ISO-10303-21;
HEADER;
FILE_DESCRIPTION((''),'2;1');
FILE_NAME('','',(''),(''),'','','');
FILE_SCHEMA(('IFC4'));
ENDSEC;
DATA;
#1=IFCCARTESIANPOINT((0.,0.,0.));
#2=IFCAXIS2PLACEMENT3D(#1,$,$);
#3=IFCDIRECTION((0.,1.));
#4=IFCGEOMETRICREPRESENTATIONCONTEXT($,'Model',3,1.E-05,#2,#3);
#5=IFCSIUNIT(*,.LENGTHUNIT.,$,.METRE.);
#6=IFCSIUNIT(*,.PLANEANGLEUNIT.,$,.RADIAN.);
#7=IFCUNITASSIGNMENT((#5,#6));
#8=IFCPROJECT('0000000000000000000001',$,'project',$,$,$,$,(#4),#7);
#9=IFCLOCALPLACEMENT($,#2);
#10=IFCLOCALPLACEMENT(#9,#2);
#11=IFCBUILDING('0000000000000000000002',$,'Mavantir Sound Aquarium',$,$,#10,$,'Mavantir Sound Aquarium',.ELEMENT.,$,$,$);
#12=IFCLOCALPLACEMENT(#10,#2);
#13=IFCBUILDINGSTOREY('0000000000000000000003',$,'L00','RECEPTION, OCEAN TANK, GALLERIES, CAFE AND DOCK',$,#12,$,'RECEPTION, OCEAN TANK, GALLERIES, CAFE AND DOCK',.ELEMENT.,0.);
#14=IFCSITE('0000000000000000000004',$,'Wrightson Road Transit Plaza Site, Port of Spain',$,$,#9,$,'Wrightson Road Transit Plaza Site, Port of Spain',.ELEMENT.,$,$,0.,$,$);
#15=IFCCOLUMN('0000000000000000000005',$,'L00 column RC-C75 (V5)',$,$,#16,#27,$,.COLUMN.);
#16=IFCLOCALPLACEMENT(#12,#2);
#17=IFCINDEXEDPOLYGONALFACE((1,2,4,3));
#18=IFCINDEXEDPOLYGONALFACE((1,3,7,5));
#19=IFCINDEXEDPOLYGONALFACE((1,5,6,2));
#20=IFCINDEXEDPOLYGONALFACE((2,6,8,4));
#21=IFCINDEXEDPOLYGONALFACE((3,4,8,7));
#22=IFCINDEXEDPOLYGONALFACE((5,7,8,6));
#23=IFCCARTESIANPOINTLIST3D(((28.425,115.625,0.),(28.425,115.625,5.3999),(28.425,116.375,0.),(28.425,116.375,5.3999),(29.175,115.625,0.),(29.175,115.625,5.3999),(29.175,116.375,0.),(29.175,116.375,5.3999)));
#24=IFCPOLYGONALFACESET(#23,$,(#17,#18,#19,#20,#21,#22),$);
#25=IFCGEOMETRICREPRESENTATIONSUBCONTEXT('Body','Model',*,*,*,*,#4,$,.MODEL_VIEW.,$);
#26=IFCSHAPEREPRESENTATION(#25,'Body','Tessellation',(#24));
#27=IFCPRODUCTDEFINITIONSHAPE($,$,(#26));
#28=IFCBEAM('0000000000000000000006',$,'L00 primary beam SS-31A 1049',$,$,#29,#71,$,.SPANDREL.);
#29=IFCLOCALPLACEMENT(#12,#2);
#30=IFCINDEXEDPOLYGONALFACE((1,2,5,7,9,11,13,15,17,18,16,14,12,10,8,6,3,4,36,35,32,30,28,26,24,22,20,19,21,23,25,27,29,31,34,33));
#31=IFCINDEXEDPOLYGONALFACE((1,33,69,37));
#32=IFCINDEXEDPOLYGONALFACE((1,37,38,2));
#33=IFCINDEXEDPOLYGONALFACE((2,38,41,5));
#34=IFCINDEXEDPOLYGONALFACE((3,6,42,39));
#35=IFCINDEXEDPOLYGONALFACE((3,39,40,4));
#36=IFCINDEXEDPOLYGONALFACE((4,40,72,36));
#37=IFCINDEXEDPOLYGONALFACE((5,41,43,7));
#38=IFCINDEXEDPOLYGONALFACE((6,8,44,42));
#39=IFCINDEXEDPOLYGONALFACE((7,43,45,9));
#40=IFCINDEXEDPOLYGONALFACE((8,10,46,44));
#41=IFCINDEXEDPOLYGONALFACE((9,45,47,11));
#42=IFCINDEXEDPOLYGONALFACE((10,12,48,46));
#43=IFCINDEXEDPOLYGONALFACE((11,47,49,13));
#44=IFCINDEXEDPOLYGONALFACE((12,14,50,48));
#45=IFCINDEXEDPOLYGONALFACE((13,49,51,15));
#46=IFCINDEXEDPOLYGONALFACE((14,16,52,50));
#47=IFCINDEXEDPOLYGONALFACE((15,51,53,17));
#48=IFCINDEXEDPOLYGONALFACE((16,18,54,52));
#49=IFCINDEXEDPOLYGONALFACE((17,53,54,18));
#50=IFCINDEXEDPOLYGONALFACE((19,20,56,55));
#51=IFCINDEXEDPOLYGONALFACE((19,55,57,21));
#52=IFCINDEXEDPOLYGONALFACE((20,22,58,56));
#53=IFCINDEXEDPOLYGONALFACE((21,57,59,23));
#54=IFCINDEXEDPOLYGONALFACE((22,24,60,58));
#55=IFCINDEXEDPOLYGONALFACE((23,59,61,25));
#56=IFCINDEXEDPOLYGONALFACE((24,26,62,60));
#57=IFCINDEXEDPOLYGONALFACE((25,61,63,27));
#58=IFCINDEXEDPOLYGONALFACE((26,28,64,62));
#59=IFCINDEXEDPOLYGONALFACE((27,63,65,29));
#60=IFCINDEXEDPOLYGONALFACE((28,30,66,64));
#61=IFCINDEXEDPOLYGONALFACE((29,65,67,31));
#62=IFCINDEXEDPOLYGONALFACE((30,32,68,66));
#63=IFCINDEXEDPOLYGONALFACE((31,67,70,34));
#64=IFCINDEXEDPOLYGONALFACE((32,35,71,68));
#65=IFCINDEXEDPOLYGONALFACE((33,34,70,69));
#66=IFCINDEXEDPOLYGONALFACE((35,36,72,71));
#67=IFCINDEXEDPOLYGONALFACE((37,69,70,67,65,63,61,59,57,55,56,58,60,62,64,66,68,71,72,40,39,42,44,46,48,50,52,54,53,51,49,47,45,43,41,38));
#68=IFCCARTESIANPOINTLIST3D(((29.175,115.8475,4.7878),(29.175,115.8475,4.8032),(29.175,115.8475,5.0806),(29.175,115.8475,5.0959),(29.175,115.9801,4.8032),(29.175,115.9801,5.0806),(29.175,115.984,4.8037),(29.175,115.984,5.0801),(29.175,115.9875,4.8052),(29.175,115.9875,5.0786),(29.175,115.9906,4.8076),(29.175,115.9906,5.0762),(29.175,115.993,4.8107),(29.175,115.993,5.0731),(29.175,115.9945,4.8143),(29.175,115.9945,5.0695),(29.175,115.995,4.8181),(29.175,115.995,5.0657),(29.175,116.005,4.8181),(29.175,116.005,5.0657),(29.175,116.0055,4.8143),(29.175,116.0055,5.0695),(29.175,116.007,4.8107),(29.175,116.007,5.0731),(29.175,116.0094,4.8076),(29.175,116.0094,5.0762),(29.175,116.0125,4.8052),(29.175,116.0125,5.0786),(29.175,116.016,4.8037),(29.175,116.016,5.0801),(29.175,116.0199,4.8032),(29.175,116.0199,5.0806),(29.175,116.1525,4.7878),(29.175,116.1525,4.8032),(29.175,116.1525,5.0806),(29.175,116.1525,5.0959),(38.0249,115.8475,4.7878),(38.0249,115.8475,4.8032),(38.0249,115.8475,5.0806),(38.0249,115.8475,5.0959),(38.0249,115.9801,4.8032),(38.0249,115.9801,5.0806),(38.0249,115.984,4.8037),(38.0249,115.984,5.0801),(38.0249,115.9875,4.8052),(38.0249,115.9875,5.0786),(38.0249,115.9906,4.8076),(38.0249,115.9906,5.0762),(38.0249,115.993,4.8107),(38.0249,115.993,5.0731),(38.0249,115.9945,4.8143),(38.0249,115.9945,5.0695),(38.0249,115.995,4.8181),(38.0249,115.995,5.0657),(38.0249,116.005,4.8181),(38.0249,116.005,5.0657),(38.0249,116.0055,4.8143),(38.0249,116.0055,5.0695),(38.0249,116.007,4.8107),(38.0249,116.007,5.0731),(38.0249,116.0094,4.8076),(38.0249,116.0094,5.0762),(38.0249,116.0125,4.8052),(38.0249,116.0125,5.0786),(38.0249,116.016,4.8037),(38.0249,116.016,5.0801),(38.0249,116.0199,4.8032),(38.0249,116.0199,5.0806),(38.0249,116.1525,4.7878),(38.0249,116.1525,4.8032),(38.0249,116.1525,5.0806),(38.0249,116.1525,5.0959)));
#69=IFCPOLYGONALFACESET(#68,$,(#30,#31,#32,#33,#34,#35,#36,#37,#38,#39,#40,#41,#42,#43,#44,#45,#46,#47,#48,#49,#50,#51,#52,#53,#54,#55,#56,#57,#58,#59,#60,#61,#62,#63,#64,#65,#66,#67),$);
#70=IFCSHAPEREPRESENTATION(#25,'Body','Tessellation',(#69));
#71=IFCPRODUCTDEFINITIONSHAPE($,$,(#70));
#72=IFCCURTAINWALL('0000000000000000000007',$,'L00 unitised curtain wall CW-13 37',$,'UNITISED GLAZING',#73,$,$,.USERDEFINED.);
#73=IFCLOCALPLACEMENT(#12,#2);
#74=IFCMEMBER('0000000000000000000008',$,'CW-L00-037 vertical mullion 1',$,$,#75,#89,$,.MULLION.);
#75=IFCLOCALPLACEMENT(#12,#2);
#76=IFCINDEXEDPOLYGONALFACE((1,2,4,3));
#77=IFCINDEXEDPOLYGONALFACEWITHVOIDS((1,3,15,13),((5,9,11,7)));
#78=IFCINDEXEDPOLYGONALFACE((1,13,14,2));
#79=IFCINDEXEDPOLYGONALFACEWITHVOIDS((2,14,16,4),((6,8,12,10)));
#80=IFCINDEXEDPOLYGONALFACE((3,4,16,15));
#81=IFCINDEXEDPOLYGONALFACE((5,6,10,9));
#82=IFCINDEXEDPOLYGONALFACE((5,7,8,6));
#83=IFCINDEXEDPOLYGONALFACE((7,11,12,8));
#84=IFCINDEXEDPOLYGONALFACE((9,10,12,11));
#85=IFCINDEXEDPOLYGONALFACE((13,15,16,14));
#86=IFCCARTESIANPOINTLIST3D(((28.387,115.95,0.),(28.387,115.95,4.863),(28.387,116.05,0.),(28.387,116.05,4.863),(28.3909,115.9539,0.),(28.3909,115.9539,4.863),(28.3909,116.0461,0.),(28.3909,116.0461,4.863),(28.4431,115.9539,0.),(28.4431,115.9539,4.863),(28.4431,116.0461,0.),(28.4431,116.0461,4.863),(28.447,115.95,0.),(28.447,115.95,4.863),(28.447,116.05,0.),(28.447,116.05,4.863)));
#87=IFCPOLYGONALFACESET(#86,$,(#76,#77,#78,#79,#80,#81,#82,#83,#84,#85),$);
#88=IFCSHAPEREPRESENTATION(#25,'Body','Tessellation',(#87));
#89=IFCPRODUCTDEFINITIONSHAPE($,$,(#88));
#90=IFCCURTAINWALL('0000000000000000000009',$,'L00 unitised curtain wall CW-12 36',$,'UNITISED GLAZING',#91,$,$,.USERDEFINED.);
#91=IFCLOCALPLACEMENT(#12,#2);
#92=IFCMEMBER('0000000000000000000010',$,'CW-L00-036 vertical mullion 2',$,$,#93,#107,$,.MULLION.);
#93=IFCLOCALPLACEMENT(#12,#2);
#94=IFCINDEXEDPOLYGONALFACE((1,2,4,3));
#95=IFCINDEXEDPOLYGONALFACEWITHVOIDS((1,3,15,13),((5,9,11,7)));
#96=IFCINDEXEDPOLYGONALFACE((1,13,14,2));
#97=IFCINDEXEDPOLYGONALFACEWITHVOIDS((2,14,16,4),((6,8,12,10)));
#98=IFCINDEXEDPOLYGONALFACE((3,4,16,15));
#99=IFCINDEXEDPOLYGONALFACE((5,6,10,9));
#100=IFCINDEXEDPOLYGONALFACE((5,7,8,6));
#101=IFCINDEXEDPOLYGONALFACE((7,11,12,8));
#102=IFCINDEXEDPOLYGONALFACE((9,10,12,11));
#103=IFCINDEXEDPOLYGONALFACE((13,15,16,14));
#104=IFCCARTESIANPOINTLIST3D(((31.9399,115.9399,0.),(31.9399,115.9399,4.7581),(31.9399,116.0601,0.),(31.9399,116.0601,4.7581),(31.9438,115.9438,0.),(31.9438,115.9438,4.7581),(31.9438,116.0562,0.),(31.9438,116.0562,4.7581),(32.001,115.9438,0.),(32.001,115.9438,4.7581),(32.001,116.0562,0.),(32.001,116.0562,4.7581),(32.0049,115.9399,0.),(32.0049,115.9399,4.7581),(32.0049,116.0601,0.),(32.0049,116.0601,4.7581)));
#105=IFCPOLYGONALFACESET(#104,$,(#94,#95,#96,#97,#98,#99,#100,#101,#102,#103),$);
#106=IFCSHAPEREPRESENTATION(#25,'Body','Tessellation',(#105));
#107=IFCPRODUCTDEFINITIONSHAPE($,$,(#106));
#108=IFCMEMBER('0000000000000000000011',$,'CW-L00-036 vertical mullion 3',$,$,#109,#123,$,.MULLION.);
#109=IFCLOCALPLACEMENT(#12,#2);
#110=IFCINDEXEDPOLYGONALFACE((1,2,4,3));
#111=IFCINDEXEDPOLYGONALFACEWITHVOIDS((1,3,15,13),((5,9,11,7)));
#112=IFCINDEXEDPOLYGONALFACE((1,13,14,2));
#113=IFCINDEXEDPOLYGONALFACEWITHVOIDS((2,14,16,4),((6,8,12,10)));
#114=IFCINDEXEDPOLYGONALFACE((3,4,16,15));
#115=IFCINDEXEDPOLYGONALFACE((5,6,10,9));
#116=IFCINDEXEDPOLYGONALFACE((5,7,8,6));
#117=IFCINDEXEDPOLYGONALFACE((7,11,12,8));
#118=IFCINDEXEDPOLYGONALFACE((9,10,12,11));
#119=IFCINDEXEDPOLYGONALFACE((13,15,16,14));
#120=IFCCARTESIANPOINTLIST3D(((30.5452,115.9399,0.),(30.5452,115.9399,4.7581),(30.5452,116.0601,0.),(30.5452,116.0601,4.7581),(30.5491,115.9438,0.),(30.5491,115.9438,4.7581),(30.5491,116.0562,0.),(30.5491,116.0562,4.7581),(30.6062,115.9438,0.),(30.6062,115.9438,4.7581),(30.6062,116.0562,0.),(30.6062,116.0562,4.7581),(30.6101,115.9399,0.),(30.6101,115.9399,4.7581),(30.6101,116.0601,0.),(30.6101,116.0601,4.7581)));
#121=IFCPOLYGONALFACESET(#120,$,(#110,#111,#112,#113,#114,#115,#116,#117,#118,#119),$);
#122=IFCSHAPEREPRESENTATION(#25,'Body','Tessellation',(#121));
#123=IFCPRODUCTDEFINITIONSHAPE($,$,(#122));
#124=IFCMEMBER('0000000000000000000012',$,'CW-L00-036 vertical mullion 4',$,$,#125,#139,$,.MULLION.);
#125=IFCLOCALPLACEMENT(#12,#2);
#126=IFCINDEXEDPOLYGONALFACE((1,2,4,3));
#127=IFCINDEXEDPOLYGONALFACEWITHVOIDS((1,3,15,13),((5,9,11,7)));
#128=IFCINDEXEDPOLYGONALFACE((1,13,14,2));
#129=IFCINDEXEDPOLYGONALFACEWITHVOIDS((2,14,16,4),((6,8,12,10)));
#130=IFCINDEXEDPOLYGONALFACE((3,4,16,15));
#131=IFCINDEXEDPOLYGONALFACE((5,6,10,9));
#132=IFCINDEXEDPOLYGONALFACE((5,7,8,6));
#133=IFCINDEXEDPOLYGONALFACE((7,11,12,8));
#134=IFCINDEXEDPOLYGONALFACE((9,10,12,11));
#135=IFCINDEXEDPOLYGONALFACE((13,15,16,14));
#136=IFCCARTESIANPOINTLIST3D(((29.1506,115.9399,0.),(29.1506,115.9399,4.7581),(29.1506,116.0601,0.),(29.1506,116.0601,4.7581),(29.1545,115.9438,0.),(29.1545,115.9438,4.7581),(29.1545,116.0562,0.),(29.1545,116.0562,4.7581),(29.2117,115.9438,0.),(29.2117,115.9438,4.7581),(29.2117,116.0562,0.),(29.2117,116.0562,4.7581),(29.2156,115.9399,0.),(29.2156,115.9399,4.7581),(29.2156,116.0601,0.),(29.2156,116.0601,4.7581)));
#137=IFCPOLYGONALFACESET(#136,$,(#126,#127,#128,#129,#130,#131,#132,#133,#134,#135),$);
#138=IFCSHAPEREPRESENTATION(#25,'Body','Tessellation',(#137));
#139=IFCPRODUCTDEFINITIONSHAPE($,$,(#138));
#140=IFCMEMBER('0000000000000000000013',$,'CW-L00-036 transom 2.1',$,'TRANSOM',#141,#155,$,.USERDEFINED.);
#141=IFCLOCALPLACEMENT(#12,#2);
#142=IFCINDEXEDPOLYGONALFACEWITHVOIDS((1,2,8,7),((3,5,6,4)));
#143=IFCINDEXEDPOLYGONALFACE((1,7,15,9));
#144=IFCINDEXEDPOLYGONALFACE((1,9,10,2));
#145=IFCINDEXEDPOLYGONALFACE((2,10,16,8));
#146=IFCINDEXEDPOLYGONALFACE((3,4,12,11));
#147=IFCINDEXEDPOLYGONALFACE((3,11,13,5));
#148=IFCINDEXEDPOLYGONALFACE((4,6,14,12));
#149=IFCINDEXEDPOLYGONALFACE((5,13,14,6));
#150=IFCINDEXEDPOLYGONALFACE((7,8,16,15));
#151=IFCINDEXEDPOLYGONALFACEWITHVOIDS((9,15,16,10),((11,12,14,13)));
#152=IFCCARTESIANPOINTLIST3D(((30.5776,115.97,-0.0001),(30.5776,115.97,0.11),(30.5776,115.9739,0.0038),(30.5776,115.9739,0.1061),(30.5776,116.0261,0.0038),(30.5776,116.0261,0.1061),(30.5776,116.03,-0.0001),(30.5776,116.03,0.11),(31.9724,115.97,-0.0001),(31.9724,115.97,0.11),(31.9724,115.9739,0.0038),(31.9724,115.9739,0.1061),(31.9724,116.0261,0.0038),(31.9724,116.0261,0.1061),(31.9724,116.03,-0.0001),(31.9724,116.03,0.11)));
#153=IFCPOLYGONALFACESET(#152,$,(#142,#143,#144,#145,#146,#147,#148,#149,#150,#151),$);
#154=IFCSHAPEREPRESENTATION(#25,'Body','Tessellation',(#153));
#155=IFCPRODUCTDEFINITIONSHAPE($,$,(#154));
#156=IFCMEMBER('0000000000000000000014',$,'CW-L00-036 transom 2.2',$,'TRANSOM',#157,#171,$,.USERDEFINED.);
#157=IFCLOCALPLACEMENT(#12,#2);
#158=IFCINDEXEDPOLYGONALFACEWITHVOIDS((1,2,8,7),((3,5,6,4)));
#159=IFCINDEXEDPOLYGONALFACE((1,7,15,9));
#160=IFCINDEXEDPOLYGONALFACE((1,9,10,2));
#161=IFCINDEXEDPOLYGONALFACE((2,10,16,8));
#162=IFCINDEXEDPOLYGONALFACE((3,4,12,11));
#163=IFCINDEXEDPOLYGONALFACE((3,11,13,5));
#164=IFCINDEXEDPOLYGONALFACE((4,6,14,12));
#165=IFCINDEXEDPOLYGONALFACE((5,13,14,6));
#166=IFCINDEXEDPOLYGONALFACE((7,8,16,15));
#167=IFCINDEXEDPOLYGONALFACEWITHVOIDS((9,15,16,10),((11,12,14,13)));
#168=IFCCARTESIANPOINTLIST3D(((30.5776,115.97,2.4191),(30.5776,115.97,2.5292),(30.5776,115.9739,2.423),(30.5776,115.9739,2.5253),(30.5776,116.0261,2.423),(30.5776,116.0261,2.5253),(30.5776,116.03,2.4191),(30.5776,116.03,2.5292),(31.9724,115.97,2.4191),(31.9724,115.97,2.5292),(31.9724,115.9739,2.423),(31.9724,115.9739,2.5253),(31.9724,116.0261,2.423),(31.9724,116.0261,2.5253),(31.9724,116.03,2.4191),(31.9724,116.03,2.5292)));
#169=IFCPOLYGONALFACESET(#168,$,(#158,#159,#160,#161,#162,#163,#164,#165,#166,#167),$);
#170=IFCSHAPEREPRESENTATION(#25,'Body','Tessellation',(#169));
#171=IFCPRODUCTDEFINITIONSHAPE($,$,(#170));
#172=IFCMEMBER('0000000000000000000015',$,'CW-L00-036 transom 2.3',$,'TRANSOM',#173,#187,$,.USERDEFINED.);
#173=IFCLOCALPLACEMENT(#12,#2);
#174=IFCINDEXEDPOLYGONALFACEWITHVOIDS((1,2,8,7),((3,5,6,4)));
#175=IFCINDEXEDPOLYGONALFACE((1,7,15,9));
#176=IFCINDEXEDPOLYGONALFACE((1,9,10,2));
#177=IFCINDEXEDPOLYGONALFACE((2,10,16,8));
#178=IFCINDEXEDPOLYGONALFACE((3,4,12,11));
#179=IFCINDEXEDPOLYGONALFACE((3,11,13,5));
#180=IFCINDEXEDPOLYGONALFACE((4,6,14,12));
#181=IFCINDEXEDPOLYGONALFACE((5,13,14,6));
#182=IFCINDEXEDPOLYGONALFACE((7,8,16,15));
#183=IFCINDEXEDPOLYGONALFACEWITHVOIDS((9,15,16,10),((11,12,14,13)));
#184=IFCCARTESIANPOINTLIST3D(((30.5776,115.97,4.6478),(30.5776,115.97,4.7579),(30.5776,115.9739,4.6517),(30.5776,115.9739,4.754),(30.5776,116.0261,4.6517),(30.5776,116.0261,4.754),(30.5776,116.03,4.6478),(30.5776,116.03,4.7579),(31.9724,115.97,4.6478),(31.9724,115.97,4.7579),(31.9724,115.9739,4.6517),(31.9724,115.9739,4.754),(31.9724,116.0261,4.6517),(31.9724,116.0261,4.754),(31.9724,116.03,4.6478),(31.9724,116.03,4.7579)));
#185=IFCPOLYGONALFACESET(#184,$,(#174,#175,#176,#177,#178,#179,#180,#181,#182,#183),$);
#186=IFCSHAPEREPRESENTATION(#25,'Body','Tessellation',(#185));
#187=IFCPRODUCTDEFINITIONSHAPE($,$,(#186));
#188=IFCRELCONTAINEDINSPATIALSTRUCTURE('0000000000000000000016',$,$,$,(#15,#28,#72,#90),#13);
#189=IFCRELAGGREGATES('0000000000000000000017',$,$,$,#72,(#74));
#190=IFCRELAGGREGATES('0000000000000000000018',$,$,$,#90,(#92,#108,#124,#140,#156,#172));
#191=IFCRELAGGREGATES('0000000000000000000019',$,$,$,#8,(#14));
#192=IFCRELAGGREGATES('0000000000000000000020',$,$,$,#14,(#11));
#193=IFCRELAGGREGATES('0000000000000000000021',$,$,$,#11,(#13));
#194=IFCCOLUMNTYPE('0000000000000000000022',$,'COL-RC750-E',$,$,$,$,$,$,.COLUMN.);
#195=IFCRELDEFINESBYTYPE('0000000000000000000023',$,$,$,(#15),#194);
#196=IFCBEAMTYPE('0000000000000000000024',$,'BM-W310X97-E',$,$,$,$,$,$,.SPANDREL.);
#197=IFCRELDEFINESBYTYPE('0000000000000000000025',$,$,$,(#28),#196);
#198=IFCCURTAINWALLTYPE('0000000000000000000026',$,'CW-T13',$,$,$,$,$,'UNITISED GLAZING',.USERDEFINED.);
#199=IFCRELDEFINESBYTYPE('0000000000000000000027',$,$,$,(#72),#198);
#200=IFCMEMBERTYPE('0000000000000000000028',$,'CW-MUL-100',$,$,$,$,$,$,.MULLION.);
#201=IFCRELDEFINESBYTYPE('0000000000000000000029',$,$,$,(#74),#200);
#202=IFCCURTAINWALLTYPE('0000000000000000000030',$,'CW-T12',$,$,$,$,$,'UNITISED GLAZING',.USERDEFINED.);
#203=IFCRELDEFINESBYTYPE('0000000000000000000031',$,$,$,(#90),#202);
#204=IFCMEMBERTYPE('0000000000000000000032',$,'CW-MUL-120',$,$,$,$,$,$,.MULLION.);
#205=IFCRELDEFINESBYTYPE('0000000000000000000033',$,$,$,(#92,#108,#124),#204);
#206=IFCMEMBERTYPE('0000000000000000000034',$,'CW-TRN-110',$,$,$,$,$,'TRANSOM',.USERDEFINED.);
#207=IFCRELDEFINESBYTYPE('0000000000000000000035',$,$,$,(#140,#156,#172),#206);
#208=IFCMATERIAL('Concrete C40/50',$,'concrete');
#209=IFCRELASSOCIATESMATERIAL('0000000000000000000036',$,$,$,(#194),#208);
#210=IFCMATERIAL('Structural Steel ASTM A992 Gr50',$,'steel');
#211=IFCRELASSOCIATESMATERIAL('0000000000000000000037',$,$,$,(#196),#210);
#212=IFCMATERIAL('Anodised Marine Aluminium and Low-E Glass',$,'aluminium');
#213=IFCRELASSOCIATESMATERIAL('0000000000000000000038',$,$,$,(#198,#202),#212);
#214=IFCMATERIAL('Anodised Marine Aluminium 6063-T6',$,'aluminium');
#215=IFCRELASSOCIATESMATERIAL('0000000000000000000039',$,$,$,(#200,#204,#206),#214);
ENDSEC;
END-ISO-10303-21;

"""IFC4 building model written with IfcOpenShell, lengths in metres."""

from ifc_helpers import new_model, si_unit, direction, frame, origin, origin_2d, place, context, subcontext, project, spatial, rectangle, hollow_rectangle, i_section, extrude, material, material_profile, profile_set, type_object, element, aggregate, save


model = new_model("IFC4")

# Units and contexts
model_context = context("Model", 3, precision=1e-05, world=origin(), true_north=direction((0.0, 1.0)))
body_context = subcontext(model_context, "Body", "Model", "MODEL_VIEW")
ifc_project = project(units=[si_unit("LENGTHUNIT", "METRE"), si_unit("PLANEANGLEUNIT", "RADIAN")], contexts=[model_context])

# Site, building, storey
site_placement = place(None, origin())
site = spatial("IfcSite", under=ifc_project, at=site_placement, Name="Wrightson Road Transit Plaza Site, Port of Spain", LongName="Wrightson Road Transit Plaza Site, Port of Spain", CompositionType="ELEMENT", RefElevation=0.0)
building_placement = place(site_placement, origin())
building = spatial("IfcBuilding", under=site, at=building_placement, Name="Mavantir Sound Aquarium", LongName="Mavantir Sound Aquarium", CompositionType="ELEMENT")
storey_placement = place(building_placement, origin())
storey = spatial("IfcBuildingStorey", under=building, at=storey_placement, Name="L00", Description="RECEPTION, OCEAN TANK, GALLERIES, CAFE AND DOCK", LongName="RECEPTION, OCEAN TANK, GALLERIES, CAFE AND DOCK", CompositionType="ELEMENT", Elevation=0.0)

# Column
ifc_material_1 = material(Name="Concrete C40/50", Category="concrete")
ifc_material_profile_1 = material_profile(ifc_material_1, rectangle(XDim=0.75, YDim=0.75, at=origin_2d()), Name="RC 750X750")
ifc_profile_set_1 = profile_set([ifc_material_profile_1], Name="Concrete C40/50")
column_type = type_object("IfcColumnType", Name="COL-RC750-E", PredefinedType="COLUMN", material=ifc_profile_set_1)
column_placement = place(storey_placement, frame((28.8, 116.0, 0.0), z_axis=(0.0, 0.0, 1.0), x_axis=(1.0, 0.0, 0.0)))
element("IfcColumn", 1, at=column_placement, inside=storey, type_object=column_type, Name="L00 column RC-C75 (V5)", PredefinedType="COLUMN", context=body_context, shape_type="SweptSolid", body=[
    extrude(rectangle(XDim=0.75, YDim=0.75, at=origin_2d()), origin(), (0.0, 0.0, 1.0), 5.3999),
])

# Beam
ifc_material_2 = material(Name="Structural Steel ASTM A992 Gr50", Category="steel")
ifc_material_profile_2 = material_profile(ifc_material_2, i_section(OverallWidth=0.3049, OverallDepth=0.3081, WebThickness=0.01, FlangeThickness=0.0154, FilletRadius=0.0149, at=origin_2d()), Name="W310X97")
ifc_profile_set_2 = profile_set([ifc_material_profile_2], Name="Structural Steel ASTM A992 Gr50")
beam_type = type_object("IfcBeamType", Name="BM-W310X97-E", PredefinedType="SPANDREL", material=ifc_profile_set_2)
beam_placement = place(storey_placement, frame((29.175, 116.0, 4.9419), z_axis=(1.0, 0.0, 0.0), x_axis=(0.0, 1.0, 0.0)))
element("IfcBeam", 2, at=beam_placement, inside=storey, type_object=beam_type, Name="L00 primary beam SS-31A 1049", PredefinedType="SPANDREL", context=body_context, shape_type="SweptSolid", body=[
    extrude(i_section(OverallWidth=0.3049, OverallDepth=0.3081, WebThickness=0.01, FlangeThickness=0.0154, FilletRadius=0.0149, at=origin_2d()), origin(), (0.0, 0.0, 1.0), 8.8499),
])

# Curtain wall, member
ifc_material_3 = material(Name="Anodised Marine Aluminium and Low-E Glass", Category="aluminium")
curtain_wall_type_1 = type_object("IfcCurtainWallType", Name="CW-T13", ElementType="UNITISED GLAZING", PredefinedType="USERDEFINED", material=ifc_material_3)
curtain_wall_1_placement = place(storey_placement, origin())
curtain_wall_1 = element("IfcCurtainWall", 3, at=curtain_wall_1_placement, inside=storey, type_object=curtain_wall_type_1, Name="L00 unitised curtain wall CW-13 37", ObjectType="UNITISED GLAZING", PredefinedType="USERDEFINED")
ifc_material_4 = material(Name="Anodised Marine Aluminium 6063-T6", Category="aluminium")
ifc_material_profile_3 = material_profile(ifc_material_4, hollow_rectangle(XDim=0.0601, YDim=0.1001, WallThickness=0.0039, at=origin_2d()), Name="ALU-MULLION-100X60")
ifc_profile_set_3 = profile_set([ifc_material_profile_3], Name="Anodised Marine Aluminium 6063-T6")
member_type_1 = type_object("IfcMemberType", Name="CW-MUL-100", PredefinedType="MULLION", material=ifc_profile_set_3)
member_1_placement = place(storey_placement, frame((28.417, 116.0, 0.0), z_axis=(0.0, 0.0, 1.0), x_axis=(1.0, 0.0, 0.0)))
member_1 = element("IfcMember", 4, at=member_1_placement, type_object=member_type_1, Name="CW-L00-037 vertical mullion 1", PredefinedType="MULLION", context=body_context, shape_type="SweptSolid", body=[
    extrude(hollow_rectangle(XDim=0.0601, YDim=0.1001, WallThickness=0.0039, at=origin_2d()), origin(), (0.0, 0.0, 1.0), 4.863),
])

# Curtain wall, members
curtain_wall_type_2 = type_object("IfcCurtainWallType", Name="CW-T12", ElementType="UNITISED GLAZING", PredefinedType="USERDEFINED", material=ifc_material_3)
curtain_wall_2_placement = place(storey_placement, origin())
curtain_wall_2 = element("IfcCurtainWall", 5, at=curtain_wall_2_placement, inside=storey, type_object=curtain_wall_type_2, Name="L00 unitised curtain wall CW-12 36", ObjectType="UNITISED GLAZING", PredefinedType="USERDEFINED")
ifc_material_profile_4 = material_profile(ifc_material_4, hollow_rectangle(XDim=0.0649, YDim=0.1201, WallThickness=0.0039, at=origin_2d()), Name="ALU-MULLION-120X65")
ifc_profile_set_4 = profile_set([ifc_material_profile_4], Name="Anodised Marine Aluminium 6063-T6")
member_type_2 = type_object("IfcMemberType", Name="CW-MUL-120", PredefinedType="MULLION", material=ifc_profile_set_4)
member_2_placement = place(storey_placement, frame((31.9724, 116.0, 0.0), z_axis=(0.0, 0.0, 1.0), x_axis=(1.0, 0.0, 0.0)))
member_2 = element("IfcMember", 6, at=member_2_placement, type_object=member_type_2, Name="CW-L00-036 vertical mullion 2", PredefinedType="MULLION", context=body_context, shape_type="SweptSolid", body=[
    extrude(hollow_rectangle(XDim=0.0649, YDim=0.1201, WallThickness=0.0039, at=origin_2d()), origin(), (0.0, 0.0, 1.0), 4.7581),
])
member_3_placement = place(storey_placement, frame((30.5776, 116.0, 0.0), z_axis=(0.0, 0.0, 1.0), x_axis=(1.0, 0.0, 0.0)))
member_3 = element("IfcMember", 7, at=member_3_placement, type_object=member_type_2, Name="CW-L00-036 vertical mullion 3", PredefinedType="MULLION", context=body_context, shape_type="SweptSolid", body=[
    extrude(hollow_rectangle(XDim=0.0649, YDim=0.1201, WallThickness=0.0039, at=origin_2d()), origin(), (0.0, 0.0, 1.0), 4.7581),
])
member_4_placement = place(storey_placement, frame((29.1831, 116.0, 0.0), z_axis=(0.0, 0.0, 1.0), x_axis=(1.0, 0.0, 0.0)))
member_4 = element("IfcMember", 8, at=member_4_placement, type_object=member_type_2, Name="CW-L00-036 vertical mullion 4", PredefinedType="MULLION", context=body_context, shape_type="SweptSolid", body=[
    extrude(hollow_rectangle(XDim=0.0649, YDim=0.1201, WallThickness=0.0039, at=origin_2d()), origin(), (0.0, 0.0, 1.0), 4.7581),
])
ifc_material_profile_5 = material_profile(ifc_material_4, hollow_rectangle(XDim=0.0601, YDim=0.1101, WallThickness=0.0039, at=origin_2d()), Name="ALU-TRANSOM-110X60")
ifc_profile_set_5 = profile_set([ifc_material_profile_5], Name="Anodised Marine Aluminium 6063-T6")
member_type_3 = type_object("IfcMemberType", Name="CW-TRN-110", ElementType="TRANSOM", PredefinedType="USERDEFINED", material=ifc_profile_set_5)
member_5_placement = place(storey_placement, frame((31.9724, 116.0, 0.0549), z_axis=(-1.0, 0.0, 0.0), x_axis=(0.0, -1.0, 0.0)))
member_5 = element("IfcMember", 9, at=member_5_placement, type_object=member_type_3, Name="CW-L00-036 transom 2.1", ObjectType="TRANSOM", PredefinedType="USERDEFINED", context=body_context, shape_type="SweptSolid", body=[
    extrude(hollow_rectangle(XDim=0.0601, YDim=0.1101, WallThickness=0.0039, at=origin_2d()), origin(), (0.0, 0.0, 1.0), 1.3948),
])
member_6_placement = place(storey_placement, frame((31.9724, 116.0, 2.4741), z_axis=(-1.0, 0.0, 0.0), x_axis=(0.0, -1.0, 0.0)))
member_6 = element("IfcMember", 10, at=member_6_placement, type_object=member_type_3, Name="CW-L00-036 transom 2.2", ObjectType="TRANSOM", PredefinedType="USERDEFINED", context=body_context, shape_type="SweptSolid", body=[
    extrude(hollow_rectangle(XDim=0.0601, YDim=0.1101, WallThickness=0.0039, at=origin_2d()), origin(), (0.0, 0.0, 1.0), 1.3948),
])
member_7_placement = place(storey_placement, frame((31.9724, 116.0, 4.7029), z_axis=(-1.0, 0.0, 0.0), x_axis=(0.0, -1.0, 0.0)))
member_7 = element("IfcMember", 11, at=member_7_placement, type_object=member_type_3, Name="CW-L00-036 transom 2.3", ObjectType="TRANSOM", PredefinedType="USERDEFINED", context=body_context, shape_type="SweptSolid", body=[
    extrude(hollow_rectangle(XDim=0.0601, YDim=0.1101, WallThickness=0.0039, at=origin_2d()), origin(), (0.0, 0.0, 1.0), 1.3948),
])

aggregate(curtain_wall_1, [member_1])
aggregate(curtain_wall_2, [member_2, member_3, member_4, member_5, member_6, member_7])

save(model, "model.ifc")
